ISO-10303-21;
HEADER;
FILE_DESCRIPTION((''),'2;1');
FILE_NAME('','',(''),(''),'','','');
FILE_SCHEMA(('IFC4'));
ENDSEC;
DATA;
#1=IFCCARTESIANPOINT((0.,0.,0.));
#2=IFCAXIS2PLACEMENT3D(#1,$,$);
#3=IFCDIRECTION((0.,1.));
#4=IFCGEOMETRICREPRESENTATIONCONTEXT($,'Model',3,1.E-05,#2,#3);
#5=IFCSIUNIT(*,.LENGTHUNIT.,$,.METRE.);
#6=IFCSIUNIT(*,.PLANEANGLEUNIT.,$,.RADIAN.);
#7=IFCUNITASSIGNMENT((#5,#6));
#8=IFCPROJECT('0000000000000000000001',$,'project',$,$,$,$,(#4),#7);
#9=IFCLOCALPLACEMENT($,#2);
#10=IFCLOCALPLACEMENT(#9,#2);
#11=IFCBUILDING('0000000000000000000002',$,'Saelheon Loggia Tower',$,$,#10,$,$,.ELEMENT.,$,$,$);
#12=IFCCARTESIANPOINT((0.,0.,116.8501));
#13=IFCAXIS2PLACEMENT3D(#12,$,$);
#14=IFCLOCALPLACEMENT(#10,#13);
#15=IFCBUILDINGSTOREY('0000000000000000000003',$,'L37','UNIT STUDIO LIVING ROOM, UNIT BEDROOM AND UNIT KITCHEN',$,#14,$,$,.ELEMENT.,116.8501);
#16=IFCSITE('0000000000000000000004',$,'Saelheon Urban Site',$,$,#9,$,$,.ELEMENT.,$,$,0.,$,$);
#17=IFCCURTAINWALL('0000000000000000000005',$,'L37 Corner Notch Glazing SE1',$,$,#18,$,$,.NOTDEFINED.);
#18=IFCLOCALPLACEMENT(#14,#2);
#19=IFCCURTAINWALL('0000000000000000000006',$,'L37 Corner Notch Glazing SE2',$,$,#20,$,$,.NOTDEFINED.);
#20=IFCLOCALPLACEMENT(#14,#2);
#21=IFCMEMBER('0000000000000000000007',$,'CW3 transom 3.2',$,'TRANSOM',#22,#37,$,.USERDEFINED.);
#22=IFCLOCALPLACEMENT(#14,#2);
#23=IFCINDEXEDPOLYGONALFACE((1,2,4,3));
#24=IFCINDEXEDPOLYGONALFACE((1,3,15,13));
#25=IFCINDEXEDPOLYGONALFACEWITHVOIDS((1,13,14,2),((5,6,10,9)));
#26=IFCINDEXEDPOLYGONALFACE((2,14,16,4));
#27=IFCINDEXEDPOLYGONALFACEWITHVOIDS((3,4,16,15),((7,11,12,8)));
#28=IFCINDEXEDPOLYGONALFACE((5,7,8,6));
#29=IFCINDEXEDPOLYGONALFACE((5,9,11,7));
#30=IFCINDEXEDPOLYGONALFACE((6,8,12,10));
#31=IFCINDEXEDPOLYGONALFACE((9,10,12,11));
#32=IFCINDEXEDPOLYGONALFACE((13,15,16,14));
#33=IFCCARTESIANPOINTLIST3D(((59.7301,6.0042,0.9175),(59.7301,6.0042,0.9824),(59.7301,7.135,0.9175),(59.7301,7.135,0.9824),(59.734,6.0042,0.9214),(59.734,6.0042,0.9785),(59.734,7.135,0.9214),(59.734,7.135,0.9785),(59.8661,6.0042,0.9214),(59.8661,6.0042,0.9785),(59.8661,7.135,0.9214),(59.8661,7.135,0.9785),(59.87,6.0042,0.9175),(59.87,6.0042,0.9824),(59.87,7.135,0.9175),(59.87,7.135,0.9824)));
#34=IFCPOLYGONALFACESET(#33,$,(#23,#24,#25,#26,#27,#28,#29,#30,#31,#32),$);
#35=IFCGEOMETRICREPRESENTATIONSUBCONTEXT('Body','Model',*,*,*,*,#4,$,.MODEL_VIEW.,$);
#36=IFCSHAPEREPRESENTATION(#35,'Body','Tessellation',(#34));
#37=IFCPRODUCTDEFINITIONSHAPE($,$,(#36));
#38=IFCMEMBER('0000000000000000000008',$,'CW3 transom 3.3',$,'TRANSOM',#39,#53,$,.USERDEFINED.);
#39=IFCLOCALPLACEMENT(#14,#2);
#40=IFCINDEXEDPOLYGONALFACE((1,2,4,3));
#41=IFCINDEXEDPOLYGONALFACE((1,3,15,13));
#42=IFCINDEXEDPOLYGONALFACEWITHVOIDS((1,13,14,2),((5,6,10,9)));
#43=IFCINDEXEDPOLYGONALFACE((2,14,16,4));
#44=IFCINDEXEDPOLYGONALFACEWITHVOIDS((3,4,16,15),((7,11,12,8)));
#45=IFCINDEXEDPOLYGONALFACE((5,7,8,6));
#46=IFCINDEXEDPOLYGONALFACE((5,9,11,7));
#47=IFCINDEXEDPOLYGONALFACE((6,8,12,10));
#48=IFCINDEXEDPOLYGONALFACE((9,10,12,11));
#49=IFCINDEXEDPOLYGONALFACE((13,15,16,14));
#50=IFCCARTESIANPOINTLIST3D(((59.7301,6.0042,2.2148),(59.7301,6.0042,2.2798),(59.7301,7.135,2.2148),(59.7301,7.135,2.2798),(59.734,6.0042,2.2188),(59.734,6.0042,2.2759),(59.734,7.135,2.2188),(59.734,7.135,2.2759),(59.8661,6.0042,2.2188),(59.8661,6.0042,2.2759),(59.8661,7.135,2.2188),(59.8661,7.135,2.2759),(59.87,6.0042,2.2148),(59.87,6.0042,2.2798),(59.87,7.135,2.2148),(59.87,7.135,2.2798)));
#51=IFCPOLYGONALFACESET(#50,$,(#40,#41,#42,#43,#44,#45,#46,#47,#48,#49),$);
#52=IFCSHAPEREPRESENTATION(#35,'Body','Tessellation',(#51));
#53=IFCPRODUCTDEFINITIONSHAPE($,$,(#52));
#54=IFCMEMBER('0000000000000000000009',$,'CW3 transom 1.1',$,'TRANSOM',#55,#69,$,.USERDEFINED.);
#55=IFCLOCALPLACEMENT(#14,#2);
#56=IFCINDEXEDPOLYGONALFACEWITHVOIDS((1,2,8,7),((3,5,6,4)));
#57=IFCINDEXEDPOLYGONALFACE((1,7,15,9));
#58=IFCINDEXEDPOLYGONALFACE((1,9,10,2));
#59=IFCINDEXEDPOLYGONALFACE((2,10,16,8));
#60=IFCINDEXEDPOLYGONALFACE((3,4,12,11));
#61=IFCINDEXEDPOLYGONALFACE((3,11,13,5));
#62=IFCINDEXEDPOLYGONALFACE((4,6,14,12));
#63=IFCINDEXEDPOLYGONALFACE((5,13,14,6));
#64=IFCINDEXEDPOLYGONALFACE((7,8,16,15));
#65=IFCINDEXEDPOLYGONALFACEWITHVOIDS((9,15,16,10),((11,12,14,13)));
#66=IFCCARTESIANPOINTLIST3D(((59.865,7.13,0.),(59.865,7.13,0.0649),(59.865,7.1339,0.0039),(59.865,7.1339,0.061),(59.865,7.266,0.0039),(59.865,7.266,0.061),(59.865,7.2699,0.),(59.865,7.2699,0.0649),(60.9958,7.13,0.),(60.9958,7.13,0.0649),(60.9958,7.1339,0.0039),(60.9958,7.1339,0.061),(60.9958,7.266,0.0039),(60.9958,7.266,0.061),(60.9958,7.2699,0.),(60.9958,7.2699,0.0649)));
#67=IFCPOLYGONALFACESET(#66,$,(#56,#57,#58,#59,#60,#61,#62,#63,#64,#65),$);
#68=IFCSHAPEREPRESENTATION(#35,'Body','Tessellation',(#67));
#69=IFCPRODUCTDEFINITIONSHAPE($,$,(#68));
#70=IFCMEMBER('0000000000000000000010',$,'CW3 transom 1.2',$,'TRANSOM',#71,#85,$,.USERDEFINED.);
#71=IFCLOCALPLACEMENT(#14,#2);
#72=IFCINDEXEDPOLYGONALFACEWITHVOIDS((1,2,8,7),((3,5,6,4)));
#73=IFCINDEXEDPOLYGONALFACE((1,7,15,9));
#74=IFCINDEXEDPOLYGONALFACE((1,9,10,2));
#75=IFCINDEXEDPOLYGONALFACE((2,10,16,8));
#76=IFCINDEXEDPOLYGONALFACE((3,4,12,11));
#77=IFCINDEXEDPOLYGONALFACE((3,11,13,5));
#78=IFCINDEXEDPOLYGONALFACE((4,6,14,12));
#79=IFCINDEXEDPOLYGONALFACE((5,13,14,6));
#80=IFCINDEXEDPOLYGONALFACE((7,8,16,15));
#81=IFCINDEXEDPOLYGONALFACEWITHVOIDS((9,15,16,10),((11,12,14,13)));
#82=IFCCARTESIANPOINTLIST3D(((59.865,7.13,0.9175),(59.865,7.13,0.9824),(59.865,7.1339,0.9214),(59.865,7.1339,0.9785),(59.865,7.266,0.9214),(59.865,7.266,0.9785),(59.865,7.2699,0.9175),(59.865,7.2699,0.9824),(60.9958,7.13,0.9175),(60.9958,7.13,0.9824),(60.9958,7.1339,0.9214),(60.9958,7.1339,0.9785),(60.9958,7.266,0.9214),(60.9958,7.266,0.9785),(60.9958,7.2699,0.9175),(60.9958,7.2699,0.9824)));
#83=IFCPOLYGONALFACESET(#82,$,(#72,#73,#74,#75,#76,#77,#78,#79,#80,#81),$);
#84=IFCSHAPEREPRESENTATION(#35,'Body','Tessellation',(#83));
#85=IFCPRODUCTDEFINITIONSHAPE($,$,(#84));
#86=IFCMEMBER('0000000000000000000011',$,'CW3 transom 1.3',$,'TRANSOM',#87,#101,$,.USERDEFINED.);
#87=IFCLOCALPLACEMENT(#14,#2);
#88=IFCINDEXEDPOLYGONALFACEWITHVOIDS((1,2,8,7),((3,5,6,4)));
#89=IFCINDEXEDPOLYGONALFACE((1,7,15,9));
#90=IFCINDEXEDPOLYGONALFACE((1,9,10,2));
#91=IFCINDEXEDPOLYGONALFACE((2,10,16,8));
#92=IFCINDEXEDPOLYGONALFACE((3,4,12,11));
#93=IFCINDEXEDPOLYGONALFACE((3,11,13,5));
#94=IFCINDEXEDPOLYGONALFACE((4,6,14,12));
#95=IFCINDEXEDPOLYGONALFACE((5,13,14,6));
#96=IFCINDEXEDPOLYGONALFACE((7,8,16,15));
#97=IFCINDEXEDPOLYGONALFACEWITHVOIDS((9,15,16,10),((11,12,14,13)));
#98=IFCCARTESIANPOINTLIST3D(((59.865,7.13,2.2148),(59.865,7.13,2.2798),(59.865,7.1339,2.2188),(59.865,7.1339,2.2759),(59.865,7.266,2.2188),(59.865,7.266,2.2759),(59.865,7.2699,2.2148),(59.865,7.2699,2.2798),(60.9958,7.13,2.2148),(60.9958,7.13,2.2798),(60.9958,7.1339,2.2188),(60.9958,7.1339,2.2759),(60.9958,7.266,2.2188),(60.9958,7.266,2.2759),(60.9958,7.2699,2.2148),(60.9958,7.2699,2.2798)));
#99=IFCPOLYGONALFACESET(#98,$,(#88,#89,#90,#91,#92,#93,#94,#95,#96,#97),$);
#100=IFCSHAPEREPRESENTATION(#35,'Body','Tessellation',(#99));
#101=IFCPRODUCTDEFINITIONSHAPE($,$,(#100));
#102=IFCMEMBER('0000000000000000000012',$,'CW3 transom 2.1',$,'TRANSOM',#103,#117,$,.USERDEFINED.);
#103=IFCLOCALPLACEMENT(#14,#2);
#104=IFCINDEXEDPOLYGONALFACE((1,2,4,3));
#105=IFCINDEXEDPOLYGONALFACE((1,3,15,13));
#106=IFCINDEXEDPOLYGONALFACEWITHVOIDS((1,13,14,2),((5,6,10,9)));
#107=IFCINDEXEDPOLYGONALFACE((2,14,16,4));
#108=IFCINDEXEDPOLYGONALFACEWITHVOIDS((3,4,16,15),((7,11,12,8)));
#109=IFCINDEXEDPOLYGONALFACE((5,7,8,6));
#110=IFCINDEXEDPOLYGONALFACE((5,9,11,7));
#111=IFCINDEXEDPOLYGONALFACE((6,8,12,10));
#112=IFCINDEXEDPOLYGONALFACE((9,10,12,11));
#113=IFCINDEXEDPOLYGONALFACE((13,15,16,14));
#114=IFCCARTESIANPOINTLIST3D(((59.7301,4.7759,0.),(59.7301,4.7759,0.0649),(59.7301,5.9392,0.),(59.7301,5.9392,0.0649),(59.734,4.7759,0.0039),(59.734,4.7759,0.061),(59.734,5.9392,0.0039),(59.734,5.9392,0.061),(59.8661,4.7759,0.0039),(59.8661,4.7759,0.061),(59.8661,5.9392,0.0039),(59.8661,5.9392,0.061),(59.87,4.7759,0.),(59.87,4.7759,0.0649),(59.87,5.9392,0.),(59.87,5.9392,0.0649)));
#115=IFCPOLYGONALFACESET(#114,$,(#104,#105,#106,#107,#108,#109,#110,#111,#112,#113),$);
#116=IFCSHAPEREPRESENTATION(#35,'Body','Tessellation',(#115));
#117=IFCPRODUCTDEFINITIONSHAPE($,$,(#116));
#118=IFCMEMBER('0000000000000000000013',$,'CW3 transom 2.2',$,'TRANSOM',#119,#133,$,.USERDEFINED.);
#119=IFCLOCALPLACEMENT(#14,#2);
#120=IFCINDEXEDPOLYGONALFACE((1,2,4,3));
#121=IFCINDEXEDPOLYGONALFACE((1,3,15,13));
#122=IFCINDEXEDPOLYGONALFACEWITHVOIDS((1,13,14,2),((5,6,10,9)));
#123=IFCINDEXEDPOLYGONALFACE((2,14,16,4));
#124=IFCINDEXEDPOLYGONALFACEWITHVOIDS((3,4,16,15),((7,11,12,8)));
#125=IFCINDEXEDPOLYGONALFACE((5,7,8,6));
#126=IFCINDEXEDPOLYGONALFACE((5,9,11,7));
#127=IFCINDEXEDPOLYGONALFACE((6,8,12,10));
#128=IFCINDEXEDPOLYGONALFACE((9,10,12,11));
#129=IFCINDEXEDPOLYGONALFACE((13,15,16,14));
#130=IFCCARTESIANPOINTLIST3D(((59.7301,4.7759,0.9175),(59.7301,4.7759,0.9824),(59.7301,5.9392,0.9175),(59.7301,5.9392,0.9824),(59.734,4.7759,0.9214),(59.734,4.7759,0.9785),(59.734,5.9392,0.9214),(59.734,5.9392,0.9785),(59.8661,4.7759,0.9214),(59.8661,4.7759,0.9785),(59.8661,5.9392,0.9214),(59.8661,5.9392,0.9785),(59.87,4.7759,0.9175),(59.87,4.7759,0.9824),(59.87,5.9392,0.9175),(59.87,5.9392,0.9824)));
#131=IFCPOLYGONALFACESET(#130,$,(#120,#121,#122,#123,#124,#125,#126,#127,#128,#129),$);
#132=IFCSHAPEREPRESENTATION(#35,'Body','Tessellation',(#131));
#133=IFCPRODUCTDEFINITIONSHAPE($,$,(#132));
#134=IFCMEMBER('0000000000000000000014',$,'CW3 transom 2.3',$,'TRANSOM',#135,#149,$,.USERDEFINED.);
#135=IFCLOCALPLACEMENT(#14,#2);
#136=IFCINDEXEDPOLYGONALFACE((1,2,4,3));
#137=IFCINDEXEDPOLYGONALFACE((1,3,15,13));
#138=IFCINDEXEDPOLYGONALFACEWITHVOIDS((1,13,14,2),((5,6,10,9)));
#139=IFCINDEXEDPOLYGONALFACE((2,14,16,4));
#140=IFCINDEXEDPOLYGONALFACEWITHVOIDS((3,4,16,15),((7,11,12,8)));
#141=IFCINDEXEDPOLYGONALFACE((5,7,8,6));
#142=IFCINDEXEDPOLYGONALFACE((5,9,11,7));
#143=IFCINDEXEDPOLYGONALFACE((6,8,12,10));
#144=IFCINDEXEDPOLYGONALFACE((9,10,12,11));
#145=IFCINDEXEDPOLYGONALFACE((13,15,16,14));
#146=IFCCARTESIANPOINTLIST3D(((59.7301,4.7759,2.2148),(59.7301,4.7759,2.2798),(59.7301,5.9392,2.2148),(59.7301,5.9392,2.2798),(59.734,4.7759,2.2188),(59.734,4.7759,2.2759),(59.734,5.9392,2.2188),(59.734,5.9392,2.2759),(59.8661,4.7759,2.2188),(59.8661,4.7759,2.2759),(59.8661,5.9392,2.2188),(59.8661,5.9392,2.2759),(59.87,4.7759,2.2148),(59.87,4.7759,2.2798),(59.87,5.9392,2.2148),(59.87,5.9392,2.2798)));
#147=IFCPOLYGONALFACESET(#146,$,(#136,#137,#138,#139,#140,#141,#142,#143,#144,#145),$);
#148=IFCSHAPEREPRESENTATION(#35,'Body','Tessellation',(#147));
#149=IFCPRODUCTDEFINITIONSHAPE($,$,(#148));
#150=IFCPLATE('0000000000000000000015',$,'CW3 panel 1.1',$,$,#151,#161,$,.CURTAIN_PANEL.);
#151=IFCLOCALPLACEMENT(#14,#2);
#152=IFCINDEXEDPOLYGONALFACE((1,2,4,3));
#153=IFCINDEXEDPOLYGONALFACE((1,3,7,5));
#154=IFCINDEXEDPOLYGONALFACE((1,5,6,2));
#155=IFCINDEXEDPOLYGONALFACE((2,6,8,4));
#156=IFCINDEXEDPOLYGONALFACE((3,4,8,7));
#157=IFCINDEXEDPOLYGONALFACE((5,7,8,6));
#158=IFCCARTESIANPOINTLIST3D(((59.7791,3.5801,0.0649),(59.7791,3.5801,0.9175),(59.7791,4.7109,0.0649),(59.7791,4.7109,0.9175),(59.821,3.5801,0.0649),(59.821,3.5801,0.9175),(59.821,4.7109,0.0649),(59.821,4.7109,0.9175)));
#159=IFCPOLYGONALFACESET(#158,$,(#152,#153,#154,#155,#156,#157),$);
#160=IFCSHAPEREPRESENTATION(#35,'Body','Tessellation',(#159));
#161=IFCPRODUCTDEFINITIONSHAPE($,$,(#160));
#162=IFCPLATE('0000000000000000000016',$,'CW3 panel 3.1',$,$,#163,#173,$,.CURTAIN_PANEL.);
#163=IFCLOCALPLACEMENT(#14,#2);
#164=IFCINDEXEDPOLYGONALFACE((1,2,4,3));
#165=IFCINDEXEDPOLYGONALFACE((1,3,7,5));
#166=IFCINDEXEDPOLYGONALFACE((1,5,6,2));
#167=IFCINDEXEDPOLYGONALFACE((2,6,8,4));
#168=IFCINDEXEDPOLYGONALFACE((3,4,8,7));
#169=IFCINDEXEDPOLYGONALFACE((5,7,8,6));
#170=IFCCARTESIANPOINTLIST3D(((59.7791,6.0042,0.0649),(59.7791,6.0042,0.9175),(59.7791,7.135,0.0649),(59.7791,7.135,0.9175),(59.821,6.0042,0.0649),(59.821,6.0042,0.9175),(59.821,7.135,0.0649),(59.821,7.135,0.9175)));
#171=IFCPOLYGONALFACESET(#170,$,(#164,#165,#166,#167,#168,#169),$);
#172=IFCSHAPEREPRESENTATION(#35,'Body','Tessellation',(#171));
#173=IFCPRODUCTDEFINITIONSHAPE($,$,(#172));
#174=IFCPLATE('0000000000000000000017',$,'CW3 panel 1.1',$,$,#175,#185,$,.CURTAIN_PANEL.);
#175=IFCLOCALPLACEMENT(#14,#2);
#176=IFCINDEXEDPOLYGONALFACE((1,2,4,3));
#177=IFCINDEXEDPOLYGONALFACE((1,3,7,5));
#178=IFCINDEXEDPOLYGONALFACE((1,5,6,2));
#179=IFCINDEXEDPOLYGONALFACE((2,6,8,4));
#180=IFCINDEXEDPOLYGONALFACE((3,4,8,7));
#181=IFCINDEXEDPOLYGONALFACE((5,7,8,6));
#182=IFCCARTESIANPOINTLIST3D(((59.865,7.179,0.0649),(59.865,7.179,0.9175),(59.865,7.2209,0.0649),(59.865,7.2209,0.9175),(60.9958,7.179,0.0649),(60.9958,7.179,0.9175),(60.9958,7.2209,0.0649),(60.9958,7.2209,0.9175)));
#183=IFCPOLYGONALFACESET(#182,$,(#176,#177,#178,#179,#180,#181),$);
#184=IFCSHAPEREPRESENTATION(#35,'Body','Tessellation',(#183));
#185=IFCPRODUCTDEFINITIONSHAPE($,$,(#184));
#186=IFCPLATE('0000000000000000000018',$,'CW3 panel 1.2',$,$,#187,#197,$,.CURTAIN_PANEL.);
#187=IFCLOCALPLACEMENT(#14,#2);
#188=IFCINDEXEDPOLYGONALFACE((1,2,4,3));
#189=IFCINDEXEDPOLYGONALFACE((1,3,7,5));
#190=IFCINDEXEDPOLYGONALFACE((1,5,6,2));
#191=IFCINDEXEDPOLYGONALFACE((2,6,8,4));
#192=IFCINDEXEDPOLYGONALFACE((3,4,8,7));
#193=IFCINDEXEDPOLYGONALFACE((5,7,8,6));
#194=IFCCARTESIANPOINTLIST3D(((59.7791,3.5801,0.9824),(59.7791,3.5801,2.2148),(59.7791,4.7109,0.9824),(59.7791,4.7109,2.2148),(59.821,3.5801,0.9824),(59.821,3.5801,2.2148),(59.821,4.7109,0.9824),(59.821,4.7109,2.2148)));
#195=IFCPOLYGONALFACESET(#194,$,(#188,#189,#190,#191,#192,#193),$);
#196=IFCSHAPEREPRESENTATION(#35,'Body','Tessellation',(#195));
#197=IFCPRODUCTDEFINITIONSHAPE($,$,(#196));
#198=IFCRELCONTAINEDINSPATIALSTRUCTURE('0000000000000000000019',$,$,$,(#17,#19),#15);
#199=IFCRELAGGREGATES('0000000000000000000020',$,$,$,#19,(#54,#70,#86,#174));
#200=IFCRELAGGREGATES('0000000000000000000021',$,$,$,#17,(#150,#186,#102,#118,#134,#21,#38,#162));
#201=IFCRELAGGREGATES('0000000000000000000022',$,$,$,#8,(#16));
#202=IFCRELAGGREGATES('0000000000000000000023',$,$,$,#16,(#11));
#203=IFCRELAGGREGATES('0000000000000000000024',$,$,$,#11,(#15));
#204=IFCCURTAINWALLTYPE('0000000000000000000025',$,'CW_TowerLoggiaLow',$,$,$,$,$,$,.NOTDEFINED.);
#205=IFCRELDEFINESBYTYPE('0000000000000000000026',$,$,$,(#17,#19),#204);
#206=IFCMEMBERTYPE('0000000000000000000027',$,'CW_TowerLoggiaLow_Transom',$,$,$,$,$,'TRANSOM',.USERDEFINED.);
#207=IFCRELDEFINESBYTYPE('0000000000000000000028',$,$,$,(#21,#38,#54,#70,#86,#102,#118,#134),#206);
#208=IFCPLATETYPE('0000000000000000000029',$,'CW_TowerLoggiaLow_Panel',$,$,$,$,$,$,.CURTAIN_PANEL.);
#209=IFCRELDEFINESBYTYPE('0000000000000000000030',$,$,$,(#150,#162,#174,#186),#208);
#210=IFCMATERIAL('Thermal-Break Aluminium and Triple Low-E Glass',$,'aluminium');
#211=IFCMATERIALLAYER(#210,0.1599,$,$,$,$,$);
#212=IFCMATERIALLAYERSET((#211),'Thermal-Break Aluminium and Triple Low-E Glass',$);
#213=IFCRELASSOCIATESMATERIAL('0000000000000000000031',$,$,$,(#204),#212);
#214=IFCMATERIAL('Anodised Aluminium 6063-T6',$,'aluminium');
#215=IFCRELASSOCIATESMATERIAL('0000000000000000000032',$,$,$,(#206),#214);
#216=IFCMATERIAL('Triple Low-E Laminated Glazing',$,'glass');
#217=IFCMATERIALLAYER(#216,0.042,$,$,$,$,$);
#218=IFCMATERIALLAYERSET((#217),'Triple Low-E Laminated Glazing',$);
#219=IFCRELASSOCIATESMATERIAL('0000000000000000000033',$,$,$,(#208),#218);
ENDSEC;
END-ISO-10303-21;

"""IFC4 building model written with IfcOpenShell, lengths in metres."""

from ifc_helpers import new_model, si_unit, direction, frame, origin, origin_2d, place, context, subcontext, project, spatial, rectangle, hollow_rectangle, extrude, source, transform, mapped, material, layer, layer_set, material_profile, profile_set, type_object, element, aggregate, save


model = new_model("IFC4")

# Units and contexts
model_context = context("Model", 3, precision=1e-05, world=origin(), true_north=direction((0.0, 1.0)))
body_context = subcontext(model_context, "Body", "Model", "MODEL_VIEW")
ifc_project = project(units=[si_unit("LENGTHUNIT", "METRE"), si_unit("PLANEANGLEUNIT", "RADIAN")], contexts=[model_context])

# Site, building, storey
site_placement = place(None, origin())
site = spatial("IfcSite", under=ifc_project, at=site_placement, Name="Saelheon Urban Site", CompositionType="ELEMENT", RefElevation=0.0)
building_placement = place(site_placement, origin())
building = spatial("IfcBuilding", under=site, at=building_placement, Name="Saelheon Loggia Tower", CompositionType="ELEMENT")
storey_placement = place(building_placement, frame((0.0, 0.0, 116.8501)))
storey = spatial("IfcBuildingStorey", under=building, at=storey_placement, Name="L37", Description="UNIT STUDIO LIVING ROOM, UNIT BEDROOM AND UNIT KITCHEN", CompositionType="ELEMENT", Elevation=116.8501)

# Curtain wall
ifc_material_1 = material(Name="Thermal-Break Aluminium and Triple Low-E Glass", Category="aluminium")
ifc_layer_1 = layer(ifc_material_1, 0.1599)
ifc_layer_set_1 = layer_set([ifc_layer_1], Name="Thermal-Break Aluminium and Triple Low-E Glass")
curtain_wall_type = type_object("IfcCurtainWallType", Name="CW_TowerLoggiaLow", PredefinedType="NOTDEFINED", material=ifc_layer_set_1)
curtain_wall_1_placement = place(storey_placement, origin())
curtain_wall_1 = element("IfcCurtainWall", 1, at=curtain_wall_1_placement, inside=storey, type_object=curtain_wall_type, Name="L37 Corner Notch Glazing SE1", PredefinedType="NOTDEFINED")
ifc_material_2 = material(Name="Anodised Aluminium 6063-T6", Category="aluminium")

# Curtain wall
curtain_wall_2_placement = place(storey_placement, origin())
curtain_wall_2 = element("IfcCurtainWall", 2, at=curtain_wall_2_placement, inside=storey, type_object=curtain_wall_type, Name="L37 Corner Notch Glazing SE2", PredefinedType="NOTDEFINED")

# Members
ifc_material_profile_1 = material_profile(ifc_material_2, hollow_rectangle(XDim=0.0649, YDim=0.1399, WallThickness=0.0039, at=origin_2d()), Name="RHS-140x65x4")
ifc_profile_set_1 = profile_set([ifc_material_profile_1], Name="Anodised Aluminium 6063-T6")
member_type_1 = type_object("IfcMemberType", Name="CW_TowerLoggiaLow_Transom", ElementType="TRANSOM", PredefinedType="USERDEFINED", material=ifc_profile_set_1)
shared_shape_1 = source(origin(), body_context, "Body", "SweptSolid", [
    extrude(hollow_rectangle(XDim=0.0649, YDim=0.1399, WallThickness=0.0039, at=origin_2d()), origin(), (0.0, 0.0, 1.0), 1.1309),
])
member_1_placement = place(storey_placement, frame((59.8, 6.0042, 0.95), z_axis=(0.0, 1.0, 0.0), x_axis=(0.0, 0.0, 1.0)))
member_1 = element("IfcMember", 3, at=member_1_placement, type_object=member_type_1, Name="CW3 transom 3.2", ObjectType="TRANSOM", PredefinedType="USERDEFINED", context=body_context, shape_type="MappedRepresentation", body=[
    mapped(shared_shape_1, transform((0.0, 0.0, 0.0), scale=1.0)),
])
member_2_placement = place(storey_placement, frame((59.8, 6.0042, 2.2473), z_axis=(0.0, 1.0, 0.0), x_axis=(0.0, 0.0, 1.0)))
member_2 = element("IfcMember", 4, at=member_2_placement, type_object=member_type_1, Name="CW3 transom 3.3", ObjectType="TRANSOM", PredefinedType="USERDEFINED", context=body_context, shape_type="MappedRepresentation", body=[
    mapped(shared_shape_1, transform((0.0, 0.0, 0.0), scale=1.0)),
])
member_3_placement = place(storey_placement, frame((59.865, 7.2, 0.0325), z_axis=(1.0, 0.0, 0.0), x_axis=(0.0, 0.0, 1.0)))
member_3 = element("IfcMember", 5, at=member_3_placement, type_object=member_type_1, Name="CW3 transom 1.1", ObjectType="TRANSOM", PredefinedType="USERDEFINED", context=body_context, shape_type="MappedRepresentation", body=[
    mapped(shared_shape_1, transform((0.0, 0.0, 0.0), scale=1.0)),
])
member_4_placement = place(storey_placement, frame((59.865, 7.2, 0.95), z_axis=(1.0, 0.0, 0.0), x_axis=(0.0, 0.0, 1.0)))
member_4 = element("IfcMember", 6, at=member_4_placement, type_object=member_type_1, Name="CW3 transom 1.2", ObjectType="TRANSOM", PredefinedType="USERDEFINED", context=body_context, shape_type="MappedRepresentation", body=[
    mapped(shared_shape_1, transform((0.0, 0.0, 0.0), scale=1.0)),
])
member_5_placement = place(storey_placement, frame((59.865, 7.2, 2.2473), z_axis=(1.0, 0.0, 0.0), x_axis=(0.0, 0.0, 1.0)))
member_5 = element("IfcMember", 7, at=member_5_placement, type_object=member_type_1, Name="CW3 transom 1.3", ObjectType="TRANSOM", PredefinedType="USERDEFINED", context=body_context, shape_type="MappedRepresentation", body=[
    mapped(shared_shape_1, transform((0.0, 0.0, 0.0), scale=1.0)),
])
shared_shape_2 = source(origin(), body_context, "Body", "SweptSolid", [
    extrude(hollow_rectangle(XDim=0.0649, YDim=0.1399, WallThickness=0.0039, at=origin_2d()), origin(), (0.0, 0.0, 1.0), 1.1633),
])
member_6_placement = place(storey_placement, frame((59.8, 4.7759, 0.0325), z_axis=(0.0, 1.0, 0.0), x_axis=(0.0, 0.0, 1.0)))
member_6 = element("IfcMember", 8, at=member_6_placement, type_object=member_type_1, Name="CW3 transom 2.1", ObjectType="TRANSOM", PredefinedType="USERDEFINED", context=body_context, shape_type="MappedRepresentation", body=[
    mapped(shared_shape_2, transform((0.0, 0.0, 0.0), scale=1.0)),
])
member_7_placement = place(storey_placement, frame((59.8, 4.7759, 0.95), z_axis=(0.0, 1.0, 0.0), x_axis=(0.0, 0.0, 1.0)))
member_7 = element("IfcMember", 9, at=member_7_placement, type_object=member_type_1, Name="CW3 transom 2.2", ObjectType="TRANSOM", PredefinedType="USERDEFINED", context=body_context, shape_type="MappedRepresentation", body=[
    mapped(shared_shape_2, transform((0.0, 0.0, 0.0), scale=1.0)),
])
member_8_placement = place(storey_placement, frame((59.8, 4.7759, 2.2473), z_axis=(0.0, 1.0, 0.0), x_axis=(0.0, 0.0, 1.0)))
member_8 = element("IfcMember", 10, at=member_8_placement, type_object=member_type_1, Name="CW3 transom 2.3", ObjectType="TRANSOM", PredefinedType="USERDEFINED", context=body_context, shape_type="MappedRepresentation", body=[
    mapped(shared_shape_2, transform((0.0, 0.0, 0.0), scale=1.0)),
])

# Plates
ifc_material_3 = material(Name="Triple Low-E Laminated Glazing", Category="glass")
ifc_layer_2 = layer(ifc_material_3, 0.042)
ifc_layer_set_2 = layer_set([ifc_layer_2], Name="Triple Low-E Laminated Glazing")
plate_type = type_object("IfcPlateType", Name="CW_TowerLoggiaLow_Panel", PredefinedType="CURTAIN_PANEL", material=ifc_layer_set_2)
shared_shape_3 = source(origin(), body_context, "Body", "SweptSolid", [
    extrude(rectangle(XDim=1.1309, YDim=0.042, at=origin_2d()), origin(), (0.0, 0.0, 1.0), 0.8525),
])
plate_1_placement = place(storey_placement, frame((59.8, 4.1455, 0.0649), z_axis=(0.0, 0.0, 1.0), x_axis=(0.0, 1.0, 0.0)))
plate_1 = element("IfcPlate", 11, at=plate_1_placement, type_object=plate_type, Name="CW3 panel 1.1", PredefinedType="CURTAIN_PANEL", context=body_context, shape_type="MappedRepresentation", body=[
    mapped(shared_shape_3, transform((0.0, 0.0, 0.0), scale=1.0)),
])
plate_2_placement = place(storey_placement, frame((59.8, 6.5696, 0.0649), z_axis=(0.0, 0.0, 1.0), x_axis=(0.0, 1.0, 0.0)))
plate_2 = element("IfcPlate", 12, at=plate_2_placement, type_object=plate_type, Name="CW3 panel 3.1", PredefinedType="CURTAIN_PANEL", context=body_context, shape_type="MappedRepresentation", body=[
    mapped(shared_shape_3, transform((0.0, 0.0, 0.0), scale=1.0)),
])
plate_3_placement = place(storey_placement, frame((60.4304, 7.2, 0.0649), z_axis=(0.0, 0.0, 1.0), x_axis=(1.0, 0.0, 0.0)))
plate_3 = element("IfcPlate", 13, at=plate_3_placement, type_object=plate_type, Name="CW3 panel 1.1", PredefinedType="CURTAIN_PANEL", context=body_context, shape_type="MappedRepresentation", body=[
    mapped(shared_shape_3, transform((0.0, 0.0, 0.0), scale=1.0)),
])
aggregate(curtain_wall_2, [member_3, member_4, member_5, plate_3])
shared_shape_4 = source(origin(), body_context, "Body", "SweptSolid", [
    extrude(rectangle(XDim=1.1309, YDim=0.042, at=origin_2d()), origin(), (0.0, 0.0, 1.0), 1.2324),
])
plate_4_placement = place(storey_placement, frame((59.8, 4.1455, 0.9824), z_axis=(0.0, 0.0, 1.0), x_axis=(0.0, 1.0, 0.0)))
plate_4 = element("IfcPlate", 14, at=plate_4_placement, type_object=plate_type, Name="CW3 panel 1.2", PredefinedType="CURTAIN_PANEL", context=body_context, shape_type="MappedRepresentation", body=[
    mapped(shared_shape_4, transform((0.0, 0.0, 0.0), scale=1.0)),
])
aggregate(curtain_wall_1, [plate_1, plate_4, member_6, member_7, member_8, member_1, member_2, plate_2])

save(model, "model.ifc")
